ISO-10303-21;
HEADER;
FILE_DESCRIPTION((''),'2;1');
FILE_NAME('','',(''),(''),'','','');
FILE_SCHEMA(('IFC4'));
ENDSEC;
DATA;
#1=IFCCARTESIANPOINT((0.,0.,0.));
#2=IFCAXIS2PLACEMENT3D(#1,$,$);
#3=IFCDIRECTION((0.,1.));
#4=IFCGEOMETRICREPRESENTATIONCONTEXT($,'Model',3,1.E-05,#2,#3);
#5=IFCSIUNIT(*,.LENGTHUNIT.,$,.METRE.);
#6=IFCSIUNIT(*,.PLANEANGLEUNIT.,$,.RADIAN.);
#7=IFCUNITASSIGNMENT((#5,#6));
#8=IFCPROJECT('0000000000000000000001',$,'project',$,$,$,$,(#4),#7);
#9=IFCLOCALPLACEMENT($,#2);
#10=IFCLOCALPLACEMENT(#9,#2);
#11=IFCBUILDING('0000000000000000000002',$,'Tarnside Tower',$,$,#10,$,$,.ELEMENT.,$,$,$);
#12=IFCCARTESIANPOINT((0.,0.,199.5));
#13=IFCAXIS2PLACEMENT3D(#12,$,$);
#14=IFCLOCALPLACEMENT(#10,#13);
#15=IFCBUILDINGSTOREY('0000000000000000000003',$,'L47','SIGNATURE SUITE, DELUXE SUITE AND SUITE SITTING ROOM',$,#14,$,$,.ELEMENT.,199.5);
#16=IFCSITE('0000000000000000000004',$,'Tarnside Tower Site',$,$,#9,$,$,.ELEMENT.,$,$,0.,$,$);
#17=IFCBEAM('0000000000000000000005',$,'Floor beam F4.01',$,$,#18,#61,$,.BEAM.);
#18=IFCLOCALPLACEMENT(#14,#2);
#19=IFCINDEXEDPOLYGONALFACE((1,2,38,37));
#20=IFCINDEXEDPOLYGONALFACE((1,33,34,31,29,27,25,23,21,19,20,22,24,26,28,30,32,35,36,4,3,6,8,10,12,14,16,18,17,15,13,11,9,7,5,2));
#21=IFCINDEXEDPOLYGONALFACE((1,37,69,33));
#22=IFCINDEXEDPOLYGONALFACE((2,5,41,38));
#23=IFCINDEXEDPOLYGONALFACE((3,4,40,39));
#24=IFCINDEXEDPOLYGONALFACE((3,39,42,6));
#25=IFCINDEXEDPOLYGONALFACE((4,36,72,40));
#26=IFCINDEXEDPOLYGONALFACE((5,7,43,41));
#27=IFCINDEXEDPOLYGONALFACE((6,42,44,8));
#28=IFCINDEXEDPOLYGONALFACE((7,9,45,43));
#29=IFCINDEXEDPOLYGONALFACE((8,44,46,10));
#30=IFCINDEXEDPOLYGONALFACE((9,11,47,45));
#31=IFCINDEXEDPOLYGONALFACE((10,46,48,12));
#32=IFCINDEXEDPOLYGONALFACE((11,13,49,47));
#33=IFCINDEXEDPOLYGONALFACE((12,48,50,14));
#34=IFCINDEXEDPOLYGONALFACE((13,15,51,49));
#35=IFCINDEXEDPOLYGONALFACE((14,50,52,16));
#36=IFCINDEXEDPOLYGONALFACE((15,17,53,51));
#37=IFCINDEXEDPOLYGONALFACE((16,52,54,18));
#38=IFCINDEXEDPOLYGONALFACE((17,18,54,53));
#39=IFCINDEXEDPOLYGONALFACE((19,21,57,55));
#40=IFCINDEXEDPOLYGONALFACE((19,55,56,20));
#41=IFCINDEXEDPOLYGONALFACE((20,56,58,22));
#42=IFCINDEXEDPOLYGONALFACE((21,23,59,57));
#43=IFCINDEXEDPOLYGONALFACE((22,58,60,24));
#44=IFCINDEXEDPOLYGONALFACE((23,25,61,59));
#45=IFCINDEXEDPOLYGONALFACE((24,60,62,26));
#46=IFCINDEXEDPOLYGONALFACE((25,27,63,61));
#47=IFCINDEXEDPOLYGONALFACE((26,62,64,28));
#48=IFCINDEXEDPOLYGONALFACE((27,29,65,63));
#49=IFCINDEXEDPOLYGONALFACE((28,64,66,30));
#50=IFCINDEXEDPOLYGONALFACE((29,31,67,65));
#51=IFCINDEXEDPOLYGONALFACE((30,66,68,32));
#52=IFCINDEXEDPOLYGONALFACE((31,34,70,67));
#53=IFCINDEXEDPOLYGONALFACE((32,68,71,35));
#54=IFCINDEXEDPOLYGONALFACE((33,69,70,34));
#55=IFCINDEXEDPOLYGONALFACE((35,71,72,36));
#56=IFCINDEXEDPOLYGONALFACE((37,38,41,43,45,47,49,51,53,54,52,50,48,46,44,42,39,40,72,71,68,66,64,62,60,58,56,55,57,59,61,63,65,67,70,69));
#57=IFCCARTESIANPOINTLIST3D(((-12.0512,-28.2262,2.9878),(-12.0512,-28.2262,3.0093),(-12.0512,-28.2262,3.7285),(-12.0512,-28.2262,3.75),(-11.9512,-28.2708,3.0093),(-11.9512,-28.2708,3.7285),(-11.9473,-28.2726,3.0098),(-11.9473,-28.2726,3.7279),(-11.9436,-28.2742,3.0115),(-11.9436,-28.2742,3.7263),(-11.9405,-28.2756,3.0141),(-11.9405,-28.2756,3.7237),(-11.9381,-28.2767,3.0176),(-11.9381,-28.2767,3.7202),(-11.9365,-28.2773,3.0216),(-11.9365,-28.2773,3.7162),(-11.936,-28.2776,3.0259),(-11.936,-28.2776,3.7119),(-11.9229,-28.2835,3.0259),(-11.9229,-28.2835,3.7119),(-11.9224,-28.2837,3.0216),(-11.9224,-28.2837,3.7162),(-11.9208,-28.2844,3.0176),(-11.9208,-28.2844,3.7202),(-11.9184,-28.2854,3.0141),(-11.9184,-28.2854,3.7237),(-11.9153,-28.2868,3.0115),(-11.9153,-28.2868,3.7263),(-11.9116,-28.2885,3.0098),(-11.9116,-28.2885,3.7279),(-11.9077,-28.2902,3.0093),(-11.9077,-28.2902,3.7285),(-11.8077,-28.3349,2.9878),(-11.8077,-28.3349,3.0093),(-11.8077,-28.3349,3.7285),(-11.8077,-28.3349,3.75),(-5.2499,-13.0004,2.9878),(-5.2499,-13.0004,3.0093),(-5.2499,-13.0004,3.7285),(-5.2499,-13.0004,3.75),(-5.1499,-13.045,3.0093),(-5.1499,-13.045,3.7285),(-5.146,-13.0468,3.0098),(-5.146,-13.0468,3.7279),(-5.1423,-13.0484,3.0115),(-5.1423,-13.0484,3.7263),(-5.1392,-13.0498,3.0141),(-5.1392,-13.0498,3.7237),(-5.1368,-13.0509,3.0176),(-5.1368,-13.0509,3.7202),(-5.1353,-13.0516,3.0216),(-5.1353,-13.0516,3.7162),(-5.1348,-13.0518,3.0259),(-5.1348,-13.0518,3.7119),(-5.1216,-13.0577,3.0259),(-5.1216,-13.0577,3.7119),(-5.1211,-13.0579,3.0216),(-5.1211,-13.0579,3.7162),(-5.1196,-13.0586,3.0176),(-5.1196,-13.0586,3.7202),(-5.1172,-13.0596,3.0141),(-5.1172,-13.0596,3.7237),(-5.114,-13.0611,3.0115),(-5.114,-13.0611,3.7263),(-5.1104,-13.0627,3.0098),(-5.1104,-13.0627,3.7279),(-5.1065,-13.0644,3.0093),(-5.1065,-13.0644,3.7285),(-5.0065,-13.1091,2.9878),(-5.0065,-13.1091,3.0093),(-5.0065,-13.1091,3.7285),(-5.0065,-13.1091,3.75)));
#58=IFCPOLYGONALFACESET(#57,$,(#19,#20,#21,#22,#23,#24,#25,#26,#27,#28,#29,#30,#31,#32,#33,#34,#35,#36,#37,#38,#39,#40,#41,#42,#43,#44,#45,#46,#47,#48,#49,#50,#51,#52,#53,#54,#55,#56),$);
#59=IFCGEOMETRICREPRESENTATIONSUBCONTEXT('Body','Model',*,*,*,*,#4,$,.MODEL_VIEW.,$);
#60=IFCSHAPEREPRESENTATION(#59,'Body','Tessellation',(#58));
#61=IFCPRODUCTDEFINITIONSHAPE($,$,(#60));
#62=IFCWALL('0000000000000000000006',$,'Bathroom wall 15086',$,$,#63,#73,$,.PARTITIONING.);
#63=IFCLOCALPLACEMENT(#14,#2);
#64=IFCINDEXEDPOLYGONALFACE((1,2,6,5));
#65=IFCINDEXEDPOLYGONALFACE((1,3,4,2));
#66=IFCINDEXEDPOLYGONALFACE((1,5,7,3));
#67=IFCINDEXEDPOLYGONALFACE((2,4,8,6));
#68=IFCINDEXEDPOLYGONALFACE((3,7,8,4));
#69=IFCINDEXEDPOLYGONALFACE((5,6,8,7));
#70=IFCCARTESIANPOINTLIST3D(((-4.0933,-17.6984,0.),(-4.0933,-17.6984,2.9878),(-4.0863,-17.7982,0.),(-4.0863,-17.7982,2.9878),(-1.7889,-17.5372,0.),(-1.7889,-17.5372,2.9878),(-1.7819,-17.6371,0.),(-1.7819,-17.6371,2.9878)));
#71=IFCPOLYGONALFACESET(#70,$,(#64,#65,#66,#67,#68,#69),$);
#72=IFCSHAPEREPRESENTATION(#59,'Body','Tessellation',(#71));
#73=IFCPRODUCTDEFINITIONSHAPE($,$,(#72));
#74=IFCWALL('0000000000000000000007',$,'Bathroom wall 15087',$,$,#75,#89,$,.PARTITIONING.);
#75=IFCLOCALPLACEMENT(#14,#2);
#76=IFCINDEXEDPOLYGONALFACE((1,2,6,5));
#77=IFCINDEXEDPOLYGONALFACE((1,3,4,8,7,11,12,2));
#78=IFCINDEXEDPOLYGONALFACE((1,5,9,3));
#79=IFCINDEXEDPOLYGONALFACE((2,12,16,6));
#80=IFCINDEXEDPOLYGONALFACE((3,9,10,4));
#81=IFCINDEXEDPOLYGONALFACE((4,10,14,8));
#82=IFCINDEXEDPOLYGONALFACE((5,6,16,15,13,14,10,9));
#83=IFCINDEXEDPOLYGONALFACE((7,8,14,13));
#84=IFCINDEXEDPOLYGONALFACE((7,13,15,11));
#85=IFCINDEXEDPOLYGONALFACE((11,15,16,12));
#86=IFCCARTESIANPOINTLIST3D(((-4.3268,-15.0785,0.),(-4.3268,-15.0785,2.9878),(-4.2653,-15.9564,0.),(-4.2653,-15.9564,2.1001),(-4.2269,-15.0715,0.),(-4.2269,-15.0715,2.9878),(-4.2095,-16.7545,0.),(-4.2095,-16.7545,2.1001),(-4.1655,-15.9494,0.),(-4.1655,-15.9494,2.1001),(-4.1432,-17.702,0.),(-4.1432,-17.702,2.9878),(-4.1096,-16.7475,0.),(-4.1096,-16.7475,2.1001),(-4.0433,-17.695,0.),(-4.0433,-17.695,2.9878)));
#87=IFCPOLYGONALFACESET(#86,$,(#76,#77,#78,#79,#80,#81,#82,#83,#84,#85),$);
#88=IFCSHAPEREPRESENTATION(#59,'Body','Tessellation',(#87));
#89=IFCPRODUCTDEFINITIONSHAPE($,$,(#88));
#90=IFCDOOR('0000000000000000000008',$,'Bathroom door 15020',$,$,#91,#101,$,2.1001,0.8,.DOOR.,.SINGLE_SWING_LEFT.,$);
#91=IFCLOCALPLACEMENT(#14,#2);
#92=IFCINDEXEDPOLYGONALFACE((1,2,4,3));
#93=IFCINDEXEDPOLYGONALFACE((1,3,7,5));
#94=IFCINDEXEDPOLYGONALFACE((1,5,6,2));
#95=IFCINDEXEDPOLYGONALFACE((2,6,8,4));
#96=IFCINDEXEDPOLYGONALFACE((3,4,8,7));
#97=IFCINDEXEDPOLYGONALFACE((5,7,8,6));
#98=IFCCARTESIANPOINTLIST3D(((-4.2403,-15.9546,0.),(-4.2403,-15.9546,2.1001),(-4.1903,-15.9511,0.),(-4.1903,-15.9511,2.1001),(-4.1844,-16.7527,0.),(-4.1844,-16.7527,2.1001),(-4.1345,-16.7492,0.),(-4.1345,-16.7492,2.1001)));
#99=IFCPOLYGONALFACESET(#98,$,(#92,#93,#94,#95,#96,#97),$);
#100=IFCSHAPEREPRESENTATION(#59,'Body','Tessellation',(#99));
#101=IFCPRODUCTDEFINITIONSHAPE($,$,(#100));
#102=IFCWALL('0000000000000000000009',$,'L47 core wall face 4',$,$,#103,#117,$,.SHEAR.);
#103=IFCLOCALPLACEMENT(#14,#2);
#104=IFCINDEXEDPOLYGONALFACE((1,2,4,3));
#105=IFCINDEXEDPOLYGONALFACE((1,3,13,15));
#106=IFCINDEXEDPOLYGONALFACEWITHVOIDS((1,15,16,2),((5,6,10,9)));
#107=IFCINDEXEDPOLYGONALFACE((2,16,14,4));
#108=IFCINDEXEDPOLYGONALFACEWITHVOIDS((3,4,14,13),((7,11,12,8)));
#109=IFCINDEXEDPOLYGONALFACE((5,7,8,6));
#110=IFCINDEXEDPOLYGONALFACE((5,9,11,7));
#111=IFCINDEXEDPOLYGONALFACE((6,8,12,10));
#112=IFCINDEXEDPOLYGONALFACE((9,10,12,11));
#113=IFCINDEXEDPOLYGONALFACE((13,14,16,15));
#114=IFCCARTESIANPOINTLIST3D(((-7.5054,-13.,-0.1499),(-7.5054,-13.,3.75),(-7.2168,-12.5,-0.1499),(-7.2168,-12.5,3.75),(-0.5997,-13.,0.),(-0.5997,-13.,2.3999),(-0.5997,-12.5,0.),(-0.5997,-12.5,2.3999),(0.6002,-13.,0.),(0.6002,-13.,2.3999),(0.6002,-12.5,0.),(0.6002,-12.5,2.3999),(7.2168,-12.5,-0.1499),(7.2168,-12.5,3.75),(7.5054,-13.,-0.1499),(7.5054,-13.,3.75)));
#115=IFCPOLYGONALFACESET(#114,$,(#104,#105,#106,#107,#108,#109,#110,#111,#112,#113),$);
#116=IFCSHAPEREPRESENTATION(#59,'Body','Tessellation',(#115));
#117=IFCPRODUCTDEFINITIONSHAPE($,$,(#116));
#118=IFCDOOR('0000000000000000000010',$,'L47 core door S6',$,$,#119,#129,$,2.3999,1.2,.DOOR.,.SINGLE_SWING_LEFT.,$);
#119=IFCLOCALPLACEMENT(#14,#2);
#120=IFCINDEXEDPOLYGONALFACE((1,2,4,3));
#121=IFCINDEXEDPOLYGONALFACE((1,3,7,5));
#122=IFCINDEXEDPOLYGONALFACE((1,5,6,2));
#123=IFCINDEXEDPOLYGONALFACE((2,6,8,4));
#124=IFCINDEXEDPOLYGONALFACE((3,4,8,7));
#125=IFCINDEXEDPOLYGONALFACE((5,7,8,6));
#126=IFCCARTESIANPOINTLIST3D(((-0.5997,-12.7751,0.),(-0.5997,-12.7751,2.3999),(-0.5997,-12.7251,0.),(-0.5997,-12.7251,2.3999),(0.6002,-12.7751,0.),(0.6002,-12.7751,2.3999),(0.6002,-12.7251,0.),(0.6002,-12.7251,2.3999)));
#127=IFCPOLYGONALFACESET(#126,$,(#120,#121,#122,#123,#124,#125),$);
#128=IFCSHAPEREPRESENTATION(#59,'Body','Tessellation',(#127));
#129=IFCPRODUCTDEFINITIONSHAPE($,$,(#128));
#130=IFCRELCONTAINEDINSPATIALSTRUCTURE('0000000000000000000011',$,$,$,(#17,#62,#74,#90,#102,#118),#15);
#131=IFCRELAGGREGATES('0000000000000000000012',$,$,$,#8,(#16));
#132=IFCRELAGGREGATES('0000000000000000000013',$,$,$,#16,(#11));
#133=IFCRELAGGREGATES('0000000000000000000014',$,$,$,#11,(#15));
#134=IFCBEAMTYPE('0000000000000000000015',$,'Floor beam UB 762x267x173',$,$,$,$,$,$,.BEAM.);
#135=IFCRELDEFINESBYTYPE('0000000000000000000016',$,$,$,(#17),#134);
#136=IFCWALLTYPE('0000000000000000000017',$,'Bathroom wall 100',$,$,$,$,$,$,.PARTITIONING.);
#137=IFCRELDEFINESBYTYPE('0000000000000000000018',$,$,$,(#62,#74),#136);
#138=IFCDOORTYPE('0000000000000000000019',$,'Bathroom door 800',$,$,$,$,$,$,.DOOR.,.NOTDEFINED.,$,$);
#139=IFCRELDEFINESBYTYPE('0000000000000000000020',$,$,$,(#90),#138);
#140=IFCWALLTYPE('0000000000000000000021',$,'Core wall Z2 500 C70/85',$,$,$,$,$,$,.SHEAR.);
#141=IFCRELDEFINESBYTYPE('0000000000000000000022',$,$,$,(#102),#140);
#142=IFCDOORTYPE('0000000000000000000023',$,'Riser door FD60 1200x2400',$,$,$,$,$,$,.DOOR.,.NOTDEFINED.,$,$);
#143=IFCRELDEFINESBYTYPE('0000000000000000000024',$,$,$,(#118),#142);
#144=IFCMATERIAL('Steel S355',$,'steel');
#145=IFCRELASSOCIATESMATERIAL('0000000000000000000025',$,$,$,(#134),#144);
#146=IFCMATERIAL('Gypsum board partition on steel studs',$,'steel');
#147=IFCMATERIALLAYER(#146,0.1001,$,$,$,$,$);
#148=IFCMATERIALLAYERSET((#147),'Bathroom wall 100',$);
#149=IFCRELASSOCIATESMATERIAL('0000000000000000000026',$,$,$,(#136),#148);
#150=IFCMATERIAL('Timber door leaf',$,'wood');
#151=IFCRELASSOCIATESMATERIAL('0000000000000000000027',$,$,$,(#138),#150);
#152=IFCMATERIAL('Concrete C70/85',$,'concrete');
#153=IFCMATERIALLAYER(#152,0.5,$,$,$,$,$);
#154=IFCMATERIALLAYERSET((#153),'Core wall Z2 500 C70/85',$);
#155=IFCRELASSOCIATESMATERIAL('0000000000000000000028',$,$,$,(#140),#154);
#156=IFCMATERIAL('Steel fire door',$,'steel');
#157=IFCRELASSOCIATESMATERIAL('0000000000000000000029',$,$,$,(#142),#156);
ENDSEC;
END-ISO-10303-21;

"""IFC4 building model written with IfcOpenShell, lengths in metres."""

from ifc_helpers import new_model, si_unit, direction, frame, frame_2d, origin, origin_2d, place, context, subcontext, project, spatial, polyline, rectangle, i_section, outline, extrude, material, layer, layer_set, material_profile, profile_set, type_object, element, fill, save


model = new_model("IFC4")

# Units and contexts
model_context = context("Model", 3, precision=1e-05, world=origin(), true_north=direction((0.0, 1.0)))
body_context = subcontext(model_context, "Body", "Model", "MODEL_VIEW")
ifc_project = project(units=[si_unit("LENGTHUNIT", "METRE"), si_unit("PLANEANGLEUNIT", "RADIAN")], contexts=[model_context])

# Site, building, storey
site_placement = place(None, origin())
site = spatial("IfcSite", under=ifc_project, at=site_placement, Name="Tarnside Tower Site", CompositionType="ELEMENT", RefElevation=0.0)
building_placement = place(site_placement, origin())
building = spatial("IfcBuilding", under=site, at=building_placement, Name="Tarnside Tower", CompositionType="ELEMENT")
storey_placement = place(building_placement, frame((0.0, 0.0, 199.5)))
storey = spatial("IfcBuildingStorey", under=building, at=storey_placement, Name="L47", Description="SIGNATURE SUITE, DELUXE SUITE AND SUITE SITTING ROOM", CompositionType="ELEMENT", Elevation=199.5)

# Beam
ifc_material_1 = material(Name="Steel S355", Category="steel")
ifc_material_profile_1 = material_profile(ifc_material_1, i_section(OverallWidth=0.2666, OverallDepth=0.7622, WebThickness=0.0144, FlangeThickness=0.0215, FilletRadius=0.0166, at=origin_2d()), Name="UB 762x267x173")
ifc_profile_set_1 = profile_set([ifc_material_profile_1], Name="Steel S355")
beam_type_1 = type_object("IfcBeamType", Name="Floor beam UB 762x267x173", PredefinedType="BEAM", material=ifc_profile_set_1)
beam_1_placement = place(storey_placement, frame((-11.9294, -28.2805, 3.3689), z_axis=(0.407852, 0.913048, 0.0), x_axis=(-0.913048, 0.407852, 0.0)))
element("IfcBeam", 1, at=beam_1_placement, inside=storey, type_object=beam_type_1, Name="Floor beam F4.01", PredefinedType="BEAM", context=body_context, shape_type="SweptSolid", body=[
    extrude(i_section(OverallWidth=0.2666, OverallDepth=0.7622, WebThickness=0.0144, FlangeThickness=0.0215, FilletRadius=0.0166, at=origin_2d()), origin(), (0.0, 0.0, 1.0), 16.6758),
])

# Wall
ifc_material_2 = material(Name="Gypsum board partition on steel studs", Category="steel")
ifc_layer_1 = layer(ifc_material_2, 0.1001)
ifc_layer_set_1 = layer_set([ifc_layer_1], Name="Bathroom wall 100")
wall_type_1 = type_object("IfcWallType", Name="Bathroom wall 100", PredefinedType="PARTITIONING", material=ifc_layer_set_1)
wall_1_placement = place(storey_placement, frame((-1.7854, -17.5872, 0.0), z_axis=(0.0, 0.0, 1.0), x_axis=(-0.997564, -0.069752, 0.0)))
element("IfcWall", 2, at=wall_1_placement, inside=storey, type_object=wall_type_1, Name="Bathroom wall 15086", PredefinedType="PARTITIONING", context=body_context, shape_type="SweptSolid", body=[
    extrude(rectangle(XDim=2.3101, YDim=0.1001, at=frame_2d((1.155, 0.0))), origin(), (0.0, 0.0, 1.0), 2.9878),
])

# Walls, openings, doors
wall_2_placement = place(storey_placement, frame((-4.0933, -17.6985, 0.0), z_axis=(0.0, 0.0, 1.0), x_axis=(-0.069809, 0.99756, 0.0)))
wall_2 = element("IfcWall", 3, at=wall_2_placement, inside=storey, type_object=wall_type_1, Name="Bathroom wall 15087", PredefinedType="PARTITIONING", context=body_context, shape_type="SweptSolid", body=[
    extrude(rectangle(XDim=2.6299, YDim=0.1001, at=frame_2d((1.3149, 0.0))), origin(), (0.0, 0.0, 1.0), 2.9878),
])
opening_1_placement = place(wall_2_placement, frame((0.95, 0.0, 0.0)))
opening_1 = element("IfcOpeningElement", 4, at=opening_1_placement, cuts=wall_2, PredefinedType="OPENING", context=body_context, shape_type="SweptSolid", body=[
    extrude(rectangle(XDim=0.8, YDim=2.1001, at=frame_2d((0.3999, 1.05))), frame((0.0, 0.0601, 0.0), z_axis=(0.0, -1.0, 0.0), x_axis=(1.0, 0.0, 0.0)), (0.0, 0.0, 1.0), 0.1201),
])
ifc_material_3 = material(Name="Timber door leaf", Category="wood")
door_type_1 = type_object("IfcDoorType", Name="Bathroom door 800", OperationType="NOTDEFINED", PredefinedType="DOOR", material=ifc_material_3)
door_1_placement = place(opening_1_placement, origin())
door_1 = element("IfcDoor", 5, at=door_1_placement, inside=storey, type_object=door_type_1, Name="Bathroom door 15020", OperationType="SINGLE_SWING_LEFT", OverallHeight=2.1001, OverallWidth=0.8, PredefinedType="DOOR", context=body_context, shape_type="SweptSolid", body=[
    extrude(rectangle(XDim=0.8, YDim=2.1001, at=frame_2d((0.3999, 1.05))), frame((0.0, 0.0249, 0.0), z_axis=(0.0, -1.0, 0.0), x_axis=(1.0, 0.0, 0.0)), (0.0, 0.0, 1.0), 0.05),
])
fill(opening_1, door_1)
ifc_material_4 = material(Name="Concrete C70/85", Category="concrete")
ifc_layer_2 = layer(ifc_material_4, 0.5)
ifc_layer_set_2 = layer_set([ifc_layer_2], Name="Core wall Z2 500 C70/85")
wall_type_2 = type_object("IfcWallType", Name="Core wall Z2 500 C70/85", PredefinedType="SHEAR", material=ifc_layer_set_2)
wall_3_placement = place(storey_placement, frame((-7.3611, -12.75, -0.1499), z_axis=(0.0, 0.0, 1.0), x_axis=(1.0, 0.0, 0.0)))
wall_3 = element("IfcWall", 6, at=wall_3_placement, inside=storey, type_object=wall_type_2, Name="L47 core wall face 4", PredefinedType="SHEAR", context=body_context, shape_type="SweptSolid", body=[
    extrude(outline(polyline([(-0.1443, -0.25), (14.8665, -0.25), (14.5779, 0.25), (0.1443, 0.25), (-0.1443, -0.25)])), origin(), (0.0, 0.0, 1.0), 3.8999),
])
opening_2_placement = place(wall_3_placement, frame((6.7612, 0.0, 0.1499)))
opening_2 = element("IfcOpeningElement", 7, at=opening_2_placement, cuts=wall_3, PredefinedType="OPENING", context=body_context, shape_type="SweptSolid", body=[
    extrude(rectangle(XDim=1.2, YDim=2.3999, at=frame_2d((0.6001, 1.2))), frame((0.0, 0.26, 0.0), z_axis=(0.0, -1.0, 0.0), x_axis=(1.0, 0.0, 0.0)), (0.0, 0.0, 1.0), 0.52),
])
ifc_material_5 = material(Name="Steel fire door", Category="steel")
door_type_2 = type_object("IfcDoorType", Name="Riser door FD60 1200x2400", OperationType="NOTDEFINED", PredefinedType="DOOR", material=ifc_material_5)
door_2_placement = place(opening_2_placement, origin())
door_2 = element("IfcDoor", 8, at=door_2_placement, inside=storey, type_object=door_type_2, Name="L47 core door S6", OperationType="SINGLE_SWING_LEFT", OverallHeight=2.3999, OverallWidth=1.2, PredefinedType="DOOR", context=body_context, shape_type="SweptSolid", body=[
    extrude(rectangle(XDim=1.2, YDim=2.3999, at=frame_2d((0.6001, 1.2))), frame((0.0, 0.0249, 0.0), z_axis=(0.0, -1.0, 0.0), x_axis=(1.0, 0.0, 0.0)), (0.0, 0.0, 1.0), 0.05),
])
fill(opening_2, door_2)

save(model, "model.ifc")
